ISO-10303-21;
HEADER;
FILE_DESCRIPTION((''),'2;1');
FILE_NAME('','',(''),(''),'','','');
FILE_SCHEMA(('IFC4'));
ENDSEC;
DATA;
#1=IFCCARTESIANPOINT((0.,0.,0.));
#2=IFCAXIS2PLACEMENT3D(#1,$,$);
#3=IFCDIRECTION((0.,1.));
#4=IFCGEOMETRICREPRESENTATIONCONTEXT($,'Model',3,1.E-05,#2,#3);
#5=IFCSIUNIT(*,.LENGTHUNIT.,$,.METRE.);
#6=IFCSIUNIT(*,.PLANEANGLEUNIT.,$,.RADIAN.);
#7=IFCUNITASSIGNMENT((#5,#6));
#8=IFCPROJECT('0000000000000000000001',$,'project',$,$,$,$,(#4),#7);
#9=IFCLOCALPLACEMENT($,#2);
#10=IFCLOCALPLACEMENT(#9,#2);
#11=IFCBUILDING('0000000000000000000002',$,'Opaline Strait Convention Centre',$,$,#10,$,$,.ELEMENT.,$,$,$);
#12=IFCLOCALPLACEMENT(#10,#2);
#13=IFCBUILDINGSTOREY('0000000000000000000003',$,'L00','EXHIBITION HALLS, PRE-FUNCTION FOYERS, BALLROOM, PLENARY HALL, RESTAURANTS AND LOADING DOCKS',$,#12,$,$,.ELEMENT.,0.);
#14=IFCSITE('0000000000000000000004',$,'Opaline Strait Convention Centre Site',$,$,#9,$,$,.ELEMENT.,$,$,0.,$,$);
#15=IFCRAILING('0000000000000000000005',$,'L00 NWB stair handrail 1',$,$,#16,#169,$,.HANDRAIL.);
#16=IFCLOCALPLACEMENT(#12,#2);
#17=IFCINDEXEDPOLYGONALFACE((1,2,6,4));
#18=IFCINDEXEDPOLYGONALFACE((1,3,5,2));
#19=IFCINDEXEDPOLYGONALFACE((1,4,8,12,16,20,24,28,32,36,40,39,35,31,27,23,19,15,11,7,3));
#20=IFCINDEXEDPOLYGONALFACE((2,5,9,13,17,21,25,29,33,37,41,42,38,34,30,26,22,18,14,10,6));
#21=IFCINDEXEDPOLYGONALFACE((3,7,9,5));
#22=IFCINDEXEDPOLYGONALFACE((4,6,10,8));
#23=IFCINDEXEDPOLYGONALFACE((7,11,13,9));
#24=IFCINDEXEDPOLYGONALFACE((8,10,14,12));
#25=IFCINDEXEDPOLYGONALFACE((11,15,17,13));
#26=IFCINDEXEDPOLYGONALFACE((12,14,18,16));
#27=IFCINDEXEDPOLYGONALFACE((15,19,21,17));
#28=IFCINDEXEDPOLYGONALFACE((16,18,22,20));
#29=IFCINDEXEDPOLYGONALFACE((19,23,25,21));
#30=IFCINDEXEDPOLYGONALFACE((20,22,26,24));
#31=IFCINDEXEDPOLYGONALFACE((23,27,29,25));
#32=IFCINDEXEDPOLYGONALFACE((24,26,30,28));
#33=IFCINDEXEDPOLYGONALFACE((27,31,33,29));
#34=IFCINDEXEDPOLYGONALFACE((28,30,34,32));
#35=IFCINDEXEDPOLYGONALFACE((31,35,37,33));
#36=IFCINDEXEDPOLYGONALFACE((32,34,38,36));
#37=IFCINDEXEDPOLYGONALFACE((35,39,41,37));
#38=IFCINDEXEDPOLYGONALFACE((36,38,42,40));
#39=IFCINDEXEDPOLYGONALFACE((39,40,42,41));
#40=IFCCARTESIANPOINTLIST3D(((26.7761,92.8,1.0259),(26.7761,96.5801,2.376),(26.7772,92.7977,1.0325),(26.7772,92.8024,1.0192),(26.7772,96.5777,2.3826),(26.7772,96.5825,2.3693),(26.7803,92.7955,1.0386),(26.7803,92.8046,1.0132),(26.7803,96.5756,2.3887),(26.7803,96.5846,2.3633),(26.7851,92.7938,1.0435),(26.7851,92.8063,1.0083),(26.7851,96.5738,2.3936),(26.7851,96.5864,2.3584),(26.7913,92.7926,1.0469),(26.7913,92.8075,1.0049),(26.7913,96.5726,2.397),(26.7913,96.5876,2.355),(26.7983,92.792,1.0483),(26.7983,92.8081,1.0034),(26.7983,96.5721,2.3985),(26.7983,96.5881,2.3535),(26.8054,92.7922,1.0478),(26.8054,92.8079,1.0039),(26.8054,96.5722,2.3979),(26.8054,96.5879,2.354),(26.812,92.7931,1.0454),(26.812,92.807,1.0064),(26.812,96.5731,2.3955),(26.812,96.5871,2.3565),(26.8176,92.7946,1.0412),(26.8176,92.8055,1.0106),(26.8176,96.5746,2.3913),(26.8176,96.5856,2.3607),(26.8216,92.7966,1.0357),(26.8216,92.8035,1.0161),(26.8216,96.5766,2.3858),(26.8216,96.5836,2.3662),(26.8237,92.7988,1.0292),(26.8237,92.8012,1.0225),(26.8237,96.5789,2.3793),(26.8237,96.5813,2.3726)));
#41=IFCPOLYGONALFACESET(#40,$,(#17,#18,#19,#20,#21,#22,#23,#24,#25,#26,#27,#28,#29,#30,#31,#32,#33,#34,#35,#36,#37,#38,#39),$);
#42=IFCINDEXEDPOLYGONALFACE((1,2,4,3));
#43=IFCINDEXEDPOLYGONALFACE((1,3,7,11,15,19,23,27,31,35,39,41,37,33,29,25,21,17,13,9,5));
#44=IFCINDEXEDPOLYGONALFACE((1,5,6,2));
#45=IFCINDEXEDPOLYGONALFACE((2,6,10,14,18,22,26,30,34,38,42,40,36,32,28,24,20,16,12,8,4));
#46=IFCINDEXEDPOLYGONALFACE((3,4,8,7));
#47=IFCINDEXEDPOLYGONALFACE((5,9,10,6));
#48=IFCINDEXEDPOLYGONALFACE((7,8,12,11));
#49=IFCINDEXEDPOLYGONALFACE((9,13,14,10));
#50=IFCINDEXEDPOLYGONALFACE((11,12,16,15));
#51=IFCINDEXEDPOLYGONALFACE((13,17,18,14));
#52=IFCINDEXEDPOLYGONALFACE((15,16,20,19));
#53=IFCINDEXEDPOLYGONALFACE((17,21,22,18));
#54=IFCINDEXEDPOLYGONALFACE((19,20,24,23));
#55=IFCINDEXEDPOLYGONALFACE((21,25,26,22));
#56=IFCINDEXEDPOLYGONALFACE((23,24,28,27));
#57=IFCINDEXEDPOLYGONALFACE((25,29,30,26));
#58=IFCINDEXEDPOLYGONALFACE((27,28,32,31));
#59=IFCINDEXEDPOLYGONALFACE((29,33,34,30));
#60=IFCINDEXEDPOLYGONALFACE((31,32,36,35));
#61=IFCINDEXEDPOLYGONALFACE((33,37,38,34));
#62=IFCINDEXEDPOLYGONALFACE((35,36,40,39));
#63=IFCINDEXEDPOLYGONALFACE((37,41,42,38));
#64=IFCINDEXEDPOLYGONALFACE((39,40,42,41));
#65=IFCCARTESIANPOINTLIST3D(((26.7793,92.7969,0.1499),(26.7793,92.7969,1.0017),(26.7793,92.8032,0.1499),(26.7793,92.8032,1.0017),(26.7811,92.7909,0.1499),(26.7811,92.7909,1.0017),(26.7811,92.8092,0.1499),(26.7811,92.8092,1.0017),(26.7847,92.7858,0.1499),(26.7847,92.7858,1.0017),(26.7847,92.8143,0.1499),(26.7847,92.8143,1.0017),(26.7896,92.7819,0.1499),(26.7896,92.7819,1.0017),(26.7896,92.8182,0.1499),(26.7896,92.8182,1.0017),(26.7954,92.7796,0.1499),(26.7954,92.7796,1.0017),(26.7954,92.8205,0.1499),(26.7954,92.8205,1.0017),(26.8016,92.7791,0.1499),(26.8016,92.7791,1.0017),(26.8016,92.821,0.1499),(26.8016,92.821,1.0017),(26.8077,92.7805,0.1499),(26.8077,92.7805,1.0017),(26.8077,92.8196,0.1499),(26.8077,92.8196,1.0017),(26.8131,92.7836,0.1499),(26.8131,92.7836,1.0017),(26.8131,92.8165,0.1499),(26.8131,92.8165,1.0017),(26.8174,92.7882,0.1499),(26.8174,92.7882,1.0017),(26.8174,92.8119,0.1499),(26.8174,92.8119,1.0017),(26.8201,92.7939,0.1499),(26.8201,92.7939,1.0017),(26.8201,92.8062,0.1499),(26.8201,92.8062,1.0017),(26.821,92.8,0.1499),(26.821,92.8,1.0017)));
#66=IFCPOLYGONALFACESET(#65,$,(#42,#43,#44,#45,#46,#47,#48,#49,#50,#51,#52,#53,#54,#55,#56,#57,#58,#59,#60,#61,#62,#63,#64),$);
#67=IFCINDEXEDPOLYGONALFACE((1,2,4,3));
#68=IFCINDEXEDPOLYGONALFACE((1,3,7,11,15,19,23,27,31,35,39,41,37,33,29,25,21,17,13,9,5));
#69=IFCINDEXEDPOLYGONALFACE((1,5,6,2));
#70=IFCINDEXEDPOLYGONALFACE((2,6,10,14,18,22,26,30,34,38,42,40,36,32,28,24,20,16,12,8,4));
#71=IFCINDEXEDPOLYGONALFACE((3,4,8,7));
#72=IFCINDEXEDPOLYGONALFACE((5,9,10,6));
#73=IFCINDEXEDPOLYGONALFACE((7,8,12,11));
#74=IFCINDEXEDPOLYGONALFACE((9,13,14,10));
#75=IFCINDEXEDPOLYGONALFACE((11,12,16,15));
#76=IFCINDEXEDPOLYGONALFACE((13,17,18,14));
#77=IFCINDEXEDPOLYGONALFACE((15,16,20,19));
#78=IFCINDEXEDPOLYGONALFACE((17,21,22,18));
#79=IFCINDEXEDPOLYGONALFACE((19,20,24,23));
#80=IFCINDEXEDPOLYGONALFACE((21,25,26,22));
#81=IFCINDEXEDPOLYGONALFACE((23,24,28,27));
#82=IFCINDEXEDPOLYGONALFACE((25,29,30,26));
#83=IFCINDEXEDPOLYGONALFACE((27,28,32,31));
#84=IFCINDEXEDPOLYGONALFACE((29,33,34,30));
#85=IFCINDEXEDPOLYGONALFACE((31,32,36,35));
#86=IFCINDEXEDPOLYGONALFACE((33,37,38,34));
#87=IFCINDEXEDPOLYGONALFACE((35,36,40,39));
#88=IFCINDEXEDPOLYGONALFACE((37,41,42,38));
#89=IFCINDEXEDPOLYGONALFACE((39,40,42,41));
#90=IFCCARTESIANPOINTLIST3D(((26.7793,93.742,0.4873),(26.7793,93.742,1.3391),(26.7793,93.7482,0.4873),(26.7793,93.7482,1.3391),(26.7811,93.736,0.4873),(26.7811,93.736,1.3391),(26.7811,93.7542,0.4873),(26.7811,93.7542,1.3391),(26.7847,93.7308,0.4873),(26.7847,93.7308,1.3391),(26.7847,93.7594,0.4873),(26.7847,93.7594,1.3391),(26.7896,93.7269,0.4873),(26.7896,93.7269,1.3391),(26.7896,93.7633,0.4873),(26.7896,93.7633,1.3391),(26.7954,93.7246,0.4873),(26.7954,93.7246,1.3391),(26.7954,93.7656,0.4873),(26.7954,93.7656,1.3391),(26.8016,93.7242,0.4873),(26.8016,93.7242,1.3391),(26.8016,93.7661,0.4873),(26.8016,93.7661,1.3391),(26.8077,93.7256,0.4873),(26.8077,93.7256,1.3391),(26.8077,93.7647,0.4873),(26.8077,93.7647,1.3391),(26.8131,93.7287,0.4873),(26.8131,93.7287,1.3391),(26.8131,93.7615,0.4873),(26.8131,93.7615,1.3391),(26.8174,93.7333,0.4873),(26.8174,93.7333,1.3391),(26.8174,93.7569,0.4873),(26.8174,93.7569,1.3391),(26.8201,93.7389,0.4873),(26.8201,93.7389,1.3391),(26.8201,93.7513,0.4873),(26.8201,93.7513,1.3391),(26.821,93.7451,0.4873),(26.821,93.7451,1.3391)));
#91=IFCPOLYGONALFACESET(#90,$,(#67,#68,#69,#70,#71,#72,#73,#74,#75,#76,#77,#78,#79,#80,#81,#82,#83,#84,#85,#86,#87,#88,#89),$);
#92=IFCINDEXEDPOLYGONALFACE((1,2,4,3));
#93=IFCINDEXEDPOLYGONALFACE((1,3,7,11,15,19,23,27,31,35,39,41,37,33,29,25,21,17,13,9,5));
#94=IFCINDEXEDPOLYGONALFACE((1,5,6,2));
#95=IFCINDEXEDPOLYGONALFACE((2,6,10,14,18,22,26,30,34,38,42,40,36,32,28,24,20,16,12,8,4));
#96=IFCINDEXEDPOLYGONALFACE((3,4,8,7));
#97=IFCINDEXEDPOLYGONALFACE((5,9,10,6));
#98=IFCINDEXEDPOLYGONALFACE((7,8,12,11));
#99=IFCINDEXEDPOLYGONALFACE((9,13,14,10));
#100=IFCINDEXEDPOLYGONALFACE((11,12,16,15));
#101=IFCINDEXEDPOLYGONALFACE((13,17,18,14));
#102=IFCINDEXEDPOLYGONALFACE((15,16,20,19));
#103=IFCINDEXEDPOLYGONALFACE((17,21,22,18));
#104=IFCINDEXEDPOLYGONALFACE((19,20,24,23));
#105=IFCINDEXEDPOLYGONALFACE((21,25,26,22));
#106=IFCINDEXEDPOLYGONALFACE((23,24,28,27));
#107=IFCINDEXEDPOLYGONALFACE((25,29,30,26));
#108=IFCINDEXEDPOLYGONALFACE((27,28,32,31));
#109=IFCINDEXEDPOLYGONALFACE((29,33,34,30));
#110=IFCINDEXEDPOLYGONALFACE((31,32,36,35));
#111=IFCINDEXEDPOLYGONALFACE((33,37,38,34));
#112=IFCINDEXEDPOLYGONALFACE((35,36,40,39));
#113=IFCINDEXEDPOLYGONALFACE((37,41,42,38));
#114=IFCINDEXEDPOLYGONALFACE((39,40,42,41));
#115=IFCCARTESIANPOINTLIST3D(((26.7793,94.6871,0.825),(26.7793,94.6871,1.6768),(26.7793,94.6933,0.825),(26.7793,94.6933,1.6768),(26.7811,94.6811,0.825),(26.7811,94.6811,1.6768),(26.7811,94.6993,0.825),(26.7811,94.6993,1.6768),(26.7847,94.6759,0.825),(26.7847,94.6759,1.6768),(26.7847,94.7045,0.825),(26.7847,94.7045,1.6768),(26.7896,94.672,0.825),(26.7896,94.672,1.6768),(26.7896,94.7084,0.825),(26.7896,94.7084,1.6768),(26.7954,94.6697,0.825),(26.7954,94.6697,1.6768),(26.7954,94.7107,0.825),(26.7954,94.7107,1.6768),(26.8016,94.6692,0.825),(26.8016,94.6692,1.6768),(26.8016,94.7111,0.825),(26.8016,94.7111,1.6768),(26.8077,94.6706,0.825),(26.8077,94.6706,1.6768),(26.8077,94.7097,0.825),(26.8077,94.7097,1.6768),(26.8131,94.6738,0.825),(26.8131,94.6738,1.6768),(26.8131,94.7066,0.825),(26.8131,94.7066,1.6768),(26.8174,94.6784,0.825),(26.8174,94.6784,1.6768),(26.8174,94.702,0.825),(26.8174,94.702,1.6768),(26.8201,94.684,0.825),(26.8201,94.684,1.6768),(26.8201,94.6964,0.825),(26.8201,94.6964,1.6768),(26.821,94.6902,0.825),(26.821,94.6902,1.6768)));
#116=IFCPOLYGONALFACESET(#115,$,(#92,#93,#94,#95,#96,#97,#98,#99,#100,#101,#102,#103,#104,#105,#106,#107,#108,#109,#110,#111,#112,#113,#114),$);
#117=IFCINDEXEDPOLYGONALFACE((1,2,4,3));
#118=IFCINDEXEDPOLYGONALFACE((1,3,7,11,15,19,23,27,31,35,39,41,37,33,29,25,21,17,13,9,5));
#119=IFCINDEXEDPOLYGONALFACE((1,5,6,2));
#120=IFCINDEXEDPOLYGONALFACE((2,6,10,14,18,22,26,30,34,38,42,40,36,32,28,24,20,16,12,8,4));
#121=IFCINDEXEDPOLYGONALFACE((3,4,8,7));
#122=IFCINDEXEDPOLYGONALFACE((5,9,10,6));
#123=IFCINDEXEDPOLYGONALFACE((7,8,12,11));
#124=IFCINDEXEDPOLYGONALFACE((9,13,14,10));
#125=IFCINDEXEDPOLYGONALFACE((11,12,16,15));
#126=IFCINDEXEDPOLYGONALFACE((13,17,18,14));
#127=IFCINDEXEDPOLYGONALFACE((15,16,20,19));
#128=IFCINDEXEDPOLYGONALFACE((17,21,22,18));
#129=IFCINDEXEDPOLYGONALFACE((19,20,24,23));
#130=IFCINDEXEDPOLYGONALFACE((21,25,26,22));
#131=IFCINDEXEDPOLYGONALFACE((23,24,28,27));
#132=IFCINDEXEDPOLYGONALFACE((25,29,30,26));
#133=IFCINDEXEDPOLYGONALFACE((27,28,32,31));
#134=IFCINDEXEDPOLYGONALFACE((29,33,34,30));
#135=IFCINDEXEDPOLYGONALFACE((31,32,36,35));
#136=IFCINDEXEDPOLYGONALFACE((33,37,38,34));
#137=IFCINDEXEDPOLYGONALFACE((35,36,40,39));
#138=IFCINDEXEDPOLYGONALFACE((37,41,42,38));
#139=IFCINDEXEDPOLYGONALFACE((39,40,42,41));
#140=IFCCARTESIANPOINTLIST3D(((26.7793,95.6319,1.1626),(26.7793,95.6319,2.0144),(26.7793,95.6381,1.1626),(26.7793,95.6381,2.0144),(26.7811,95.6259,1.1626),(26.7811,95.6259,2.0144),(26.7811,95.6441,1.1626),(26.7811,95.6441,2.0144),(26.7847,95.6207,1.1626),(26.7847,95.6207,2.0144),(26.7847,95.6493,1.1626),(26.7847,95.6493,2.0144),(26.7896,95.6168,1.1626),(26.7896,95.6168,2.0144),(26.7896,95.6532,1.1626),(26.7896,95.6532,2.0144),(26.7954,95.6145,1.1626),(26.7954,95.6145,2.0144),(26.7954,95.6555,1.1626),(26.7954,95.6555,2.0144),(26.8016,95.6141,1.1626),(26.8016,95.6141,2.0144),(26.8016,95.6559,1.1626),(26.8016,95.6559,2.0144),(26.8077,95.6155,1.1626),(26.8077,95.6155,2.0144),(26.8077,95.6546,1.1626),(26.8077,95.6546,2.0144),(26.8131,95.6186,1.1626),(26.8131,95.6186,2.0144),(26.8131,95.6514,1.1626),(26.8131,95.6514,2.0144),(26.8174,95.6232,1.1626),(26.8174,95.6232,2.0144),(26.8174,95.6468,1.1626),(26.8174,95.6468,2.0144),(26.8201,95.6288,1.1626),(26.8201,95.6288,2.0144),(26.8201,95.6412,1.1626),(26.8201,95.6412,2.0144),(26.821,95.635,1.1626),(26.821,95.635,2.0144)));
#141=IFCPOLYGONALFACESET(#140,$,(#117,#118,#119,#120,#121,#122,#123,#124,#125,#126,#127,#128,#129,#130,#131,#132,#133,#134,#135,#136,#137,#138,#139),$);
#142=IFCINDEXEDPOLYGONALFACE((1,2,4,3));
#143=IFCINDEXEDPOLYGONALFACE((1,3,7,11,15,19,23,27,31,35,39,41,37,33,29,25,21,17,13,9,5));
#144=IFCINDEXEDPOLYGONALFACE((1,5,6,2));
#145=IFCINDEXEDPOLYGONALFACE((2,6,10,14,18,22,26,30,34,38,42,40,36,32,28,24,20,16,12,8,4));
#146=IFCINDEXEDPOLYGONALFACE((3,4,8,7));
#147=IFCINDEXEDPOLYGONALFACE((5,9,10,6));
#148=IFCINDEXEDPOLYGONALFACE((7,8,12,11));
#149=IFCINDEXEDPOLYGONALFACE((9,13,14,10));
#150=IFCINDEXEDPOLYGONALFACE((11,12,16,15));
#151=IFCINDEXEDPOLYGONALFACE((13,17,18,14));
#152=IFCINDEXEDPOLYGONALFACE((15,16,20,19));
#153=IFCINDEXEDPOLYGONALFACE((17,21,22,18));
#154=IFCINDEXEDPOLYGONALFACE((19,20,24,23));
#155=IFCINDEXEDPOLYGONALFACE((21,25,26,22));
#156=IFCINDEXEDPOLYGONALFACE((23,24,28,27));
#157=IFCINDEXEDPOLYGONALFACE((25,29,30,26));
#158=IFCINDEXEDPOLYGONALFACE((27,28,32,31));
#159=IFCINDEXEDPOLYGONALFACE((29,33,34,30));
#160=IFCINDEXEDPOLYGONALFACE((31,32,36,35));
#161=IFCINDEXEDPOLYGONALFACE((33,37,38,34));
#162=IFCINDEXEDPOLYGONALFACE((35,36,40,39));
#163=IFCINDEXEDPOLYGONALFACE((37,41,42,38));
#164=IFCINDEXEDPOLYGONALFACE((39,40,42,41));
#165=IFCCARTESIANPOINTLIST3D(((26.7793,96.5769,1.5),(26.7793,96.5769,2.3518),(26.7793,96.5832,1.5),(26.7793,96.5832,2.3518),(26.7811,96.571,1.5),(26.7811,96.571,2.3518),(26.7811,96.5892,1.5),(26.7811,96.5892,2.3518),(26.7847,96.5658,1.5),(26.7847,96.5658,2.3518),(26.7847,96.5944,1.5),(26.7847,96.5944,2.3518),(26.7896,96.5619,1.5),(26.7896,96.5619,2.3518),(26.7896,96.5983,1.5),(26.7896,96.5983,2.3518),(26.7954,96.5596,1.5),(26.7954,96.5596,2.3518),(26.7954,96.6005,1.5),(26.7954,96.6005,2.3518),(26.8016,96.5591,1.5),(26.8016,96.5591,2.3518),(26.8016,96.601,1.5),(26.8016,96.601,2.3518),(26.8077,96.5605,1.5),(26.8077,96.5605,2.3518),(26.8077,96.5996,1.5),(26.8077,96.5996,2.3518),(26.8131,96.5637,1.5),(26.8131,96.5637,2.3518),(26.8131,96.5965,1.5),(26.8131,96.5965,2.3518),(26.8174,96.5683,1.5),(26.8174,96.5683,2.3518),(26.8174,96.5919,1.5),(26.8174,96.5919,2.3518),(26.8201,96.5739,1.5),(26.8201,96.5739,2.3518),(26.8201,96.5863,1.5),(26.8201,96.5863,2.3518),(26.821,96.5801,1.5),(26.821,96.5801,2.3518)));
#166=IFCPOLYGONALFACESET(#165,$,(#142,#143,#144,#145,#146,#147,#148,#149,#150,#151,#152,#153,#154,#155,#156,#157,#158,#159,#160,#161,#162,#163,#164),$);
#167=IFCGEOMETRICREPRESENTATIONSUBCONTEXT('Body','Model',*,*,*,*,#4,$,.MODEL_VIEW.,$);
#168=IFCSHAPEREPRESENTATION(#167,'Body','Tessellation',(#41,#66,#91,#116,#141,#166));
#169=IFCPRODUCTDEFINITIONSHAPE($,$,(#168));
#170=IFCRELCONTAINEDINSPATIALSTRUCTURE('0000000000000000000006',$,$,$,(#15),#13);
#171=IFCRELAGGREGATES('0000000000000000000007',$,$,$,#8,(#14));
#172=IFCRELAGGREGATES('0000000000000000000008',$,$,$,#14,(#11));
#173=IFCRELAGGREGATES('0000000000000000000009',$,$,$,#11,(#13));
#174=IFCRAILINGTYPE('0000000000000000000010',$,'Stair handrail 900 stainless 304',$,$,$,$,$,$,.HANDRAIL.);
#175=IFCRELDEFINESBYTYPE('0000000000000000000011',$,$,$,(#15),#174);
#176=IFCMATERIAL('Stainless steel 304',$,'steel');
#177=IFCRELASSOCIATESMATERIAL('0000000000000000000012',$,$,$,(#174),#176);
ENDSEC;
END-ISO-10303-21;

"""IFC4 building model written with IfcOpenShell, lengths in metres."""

from ifc_helpers import new_model, si_unit, direction, frame, origin, origin_2d, place, context, subcontext, project, spatial, circle, extrude, material, type_object, element, save


model = new_model("IFC4")

# Units and contexts
model_context = context("Model", 3, precision=1e-05, world=origin(), true_north=direction((0.0, 1.0)))
body_context = subcontext(model_context, "Body", "Model", "MODEL_VIEW")
ifc_project = project(units=[si_unit("LENGTHUNIT", "METRE"), si_unit("PLANEANGLEUNIT", "RADIAN")], contexts=[model_context])

# Site, building, storey
site_placement = place(None, origin())
site = spatial("IfcSite", under=ifc_project, at=site_placement, Name="Opaline Strait Convention Centre Site", CompositionType="ELEMENT", RefElevation=0.0)
building_placement = place(site_placement, origin())
building = spatial("IfcBuilding", under=site, at=building_placement, Name="Opaline Strait Convention Centre", CompositionType="ELEMENT")
storey_placement = place(building_placement, origin())
storey = spatial("IfcBuildingStorey", under=building, at=storey_placement, Name="L00", Description="EXHIBITION HALLS, PRE-FUNCTION FOYERS, BALLROOM, PLENARY HALL, RESTAURANTS AND LOADING DOCKS", CompositionType="ELEMENT", Elevation=0.0)

# Railing
ifc_material_1 = material(Name="Stainless steel 304", Category="steel")
railing_type_1 = type_object("IfcRailingType", Name="Stair handrail 900 stainless 304", PredefinedType="HANDRAIL", material=ifc_material_1)
railing_1_placement = place(storey_placement, frame((26.8, 92.8, 0.1499)))
element("IfcRailing", 1, at=railing_1_placement, inside=storey, type_object=railing_type_1, Name="L00 NWB stair handrail 1", PredefinedType="HANDRAIL", context=body_context, shape_type="SweptSolid", body=[
    extrude(circle(Radius=0.0239, at=origin_2d()), frame((0.0, 0.0, 0.876), z_axis=(0.0, 0.941735, 0.336356), x_axis=(-1.0, 0.0, 0.0)), (0.0, 0.0, 1.0), 4.0139),
    extrude(circle(Radius=0.021, at=origin_2d()), origin(), (0.0, 0.0, 1.0), 0.8518),
    extrude(circle(Radius=0.021, at=origin_2d()), frame((0.0, 0.9451, 0.3374)), (0.0, 0.0, 1.0), 0.8518),
    extrude(circle(Radius=0.021, at=origin_2d()), frame((0.0, 1.8901, 0.675)), (0.0, 0.0, 1.0), 0.8518),
    extrude(circle(Radius=0.021, at=origin_2d()), frame((0.0, 2.835, 1.0127)), (0.0, 0.0, 1.0), 0.8518),
    extrude(circle(Radius=0.021, at=origin_2d()), frame((0.0, 3.78, 1.3501)), (0.0, 0.0, 1.0), 0.8518),
])

save(model, "model.ifc")
